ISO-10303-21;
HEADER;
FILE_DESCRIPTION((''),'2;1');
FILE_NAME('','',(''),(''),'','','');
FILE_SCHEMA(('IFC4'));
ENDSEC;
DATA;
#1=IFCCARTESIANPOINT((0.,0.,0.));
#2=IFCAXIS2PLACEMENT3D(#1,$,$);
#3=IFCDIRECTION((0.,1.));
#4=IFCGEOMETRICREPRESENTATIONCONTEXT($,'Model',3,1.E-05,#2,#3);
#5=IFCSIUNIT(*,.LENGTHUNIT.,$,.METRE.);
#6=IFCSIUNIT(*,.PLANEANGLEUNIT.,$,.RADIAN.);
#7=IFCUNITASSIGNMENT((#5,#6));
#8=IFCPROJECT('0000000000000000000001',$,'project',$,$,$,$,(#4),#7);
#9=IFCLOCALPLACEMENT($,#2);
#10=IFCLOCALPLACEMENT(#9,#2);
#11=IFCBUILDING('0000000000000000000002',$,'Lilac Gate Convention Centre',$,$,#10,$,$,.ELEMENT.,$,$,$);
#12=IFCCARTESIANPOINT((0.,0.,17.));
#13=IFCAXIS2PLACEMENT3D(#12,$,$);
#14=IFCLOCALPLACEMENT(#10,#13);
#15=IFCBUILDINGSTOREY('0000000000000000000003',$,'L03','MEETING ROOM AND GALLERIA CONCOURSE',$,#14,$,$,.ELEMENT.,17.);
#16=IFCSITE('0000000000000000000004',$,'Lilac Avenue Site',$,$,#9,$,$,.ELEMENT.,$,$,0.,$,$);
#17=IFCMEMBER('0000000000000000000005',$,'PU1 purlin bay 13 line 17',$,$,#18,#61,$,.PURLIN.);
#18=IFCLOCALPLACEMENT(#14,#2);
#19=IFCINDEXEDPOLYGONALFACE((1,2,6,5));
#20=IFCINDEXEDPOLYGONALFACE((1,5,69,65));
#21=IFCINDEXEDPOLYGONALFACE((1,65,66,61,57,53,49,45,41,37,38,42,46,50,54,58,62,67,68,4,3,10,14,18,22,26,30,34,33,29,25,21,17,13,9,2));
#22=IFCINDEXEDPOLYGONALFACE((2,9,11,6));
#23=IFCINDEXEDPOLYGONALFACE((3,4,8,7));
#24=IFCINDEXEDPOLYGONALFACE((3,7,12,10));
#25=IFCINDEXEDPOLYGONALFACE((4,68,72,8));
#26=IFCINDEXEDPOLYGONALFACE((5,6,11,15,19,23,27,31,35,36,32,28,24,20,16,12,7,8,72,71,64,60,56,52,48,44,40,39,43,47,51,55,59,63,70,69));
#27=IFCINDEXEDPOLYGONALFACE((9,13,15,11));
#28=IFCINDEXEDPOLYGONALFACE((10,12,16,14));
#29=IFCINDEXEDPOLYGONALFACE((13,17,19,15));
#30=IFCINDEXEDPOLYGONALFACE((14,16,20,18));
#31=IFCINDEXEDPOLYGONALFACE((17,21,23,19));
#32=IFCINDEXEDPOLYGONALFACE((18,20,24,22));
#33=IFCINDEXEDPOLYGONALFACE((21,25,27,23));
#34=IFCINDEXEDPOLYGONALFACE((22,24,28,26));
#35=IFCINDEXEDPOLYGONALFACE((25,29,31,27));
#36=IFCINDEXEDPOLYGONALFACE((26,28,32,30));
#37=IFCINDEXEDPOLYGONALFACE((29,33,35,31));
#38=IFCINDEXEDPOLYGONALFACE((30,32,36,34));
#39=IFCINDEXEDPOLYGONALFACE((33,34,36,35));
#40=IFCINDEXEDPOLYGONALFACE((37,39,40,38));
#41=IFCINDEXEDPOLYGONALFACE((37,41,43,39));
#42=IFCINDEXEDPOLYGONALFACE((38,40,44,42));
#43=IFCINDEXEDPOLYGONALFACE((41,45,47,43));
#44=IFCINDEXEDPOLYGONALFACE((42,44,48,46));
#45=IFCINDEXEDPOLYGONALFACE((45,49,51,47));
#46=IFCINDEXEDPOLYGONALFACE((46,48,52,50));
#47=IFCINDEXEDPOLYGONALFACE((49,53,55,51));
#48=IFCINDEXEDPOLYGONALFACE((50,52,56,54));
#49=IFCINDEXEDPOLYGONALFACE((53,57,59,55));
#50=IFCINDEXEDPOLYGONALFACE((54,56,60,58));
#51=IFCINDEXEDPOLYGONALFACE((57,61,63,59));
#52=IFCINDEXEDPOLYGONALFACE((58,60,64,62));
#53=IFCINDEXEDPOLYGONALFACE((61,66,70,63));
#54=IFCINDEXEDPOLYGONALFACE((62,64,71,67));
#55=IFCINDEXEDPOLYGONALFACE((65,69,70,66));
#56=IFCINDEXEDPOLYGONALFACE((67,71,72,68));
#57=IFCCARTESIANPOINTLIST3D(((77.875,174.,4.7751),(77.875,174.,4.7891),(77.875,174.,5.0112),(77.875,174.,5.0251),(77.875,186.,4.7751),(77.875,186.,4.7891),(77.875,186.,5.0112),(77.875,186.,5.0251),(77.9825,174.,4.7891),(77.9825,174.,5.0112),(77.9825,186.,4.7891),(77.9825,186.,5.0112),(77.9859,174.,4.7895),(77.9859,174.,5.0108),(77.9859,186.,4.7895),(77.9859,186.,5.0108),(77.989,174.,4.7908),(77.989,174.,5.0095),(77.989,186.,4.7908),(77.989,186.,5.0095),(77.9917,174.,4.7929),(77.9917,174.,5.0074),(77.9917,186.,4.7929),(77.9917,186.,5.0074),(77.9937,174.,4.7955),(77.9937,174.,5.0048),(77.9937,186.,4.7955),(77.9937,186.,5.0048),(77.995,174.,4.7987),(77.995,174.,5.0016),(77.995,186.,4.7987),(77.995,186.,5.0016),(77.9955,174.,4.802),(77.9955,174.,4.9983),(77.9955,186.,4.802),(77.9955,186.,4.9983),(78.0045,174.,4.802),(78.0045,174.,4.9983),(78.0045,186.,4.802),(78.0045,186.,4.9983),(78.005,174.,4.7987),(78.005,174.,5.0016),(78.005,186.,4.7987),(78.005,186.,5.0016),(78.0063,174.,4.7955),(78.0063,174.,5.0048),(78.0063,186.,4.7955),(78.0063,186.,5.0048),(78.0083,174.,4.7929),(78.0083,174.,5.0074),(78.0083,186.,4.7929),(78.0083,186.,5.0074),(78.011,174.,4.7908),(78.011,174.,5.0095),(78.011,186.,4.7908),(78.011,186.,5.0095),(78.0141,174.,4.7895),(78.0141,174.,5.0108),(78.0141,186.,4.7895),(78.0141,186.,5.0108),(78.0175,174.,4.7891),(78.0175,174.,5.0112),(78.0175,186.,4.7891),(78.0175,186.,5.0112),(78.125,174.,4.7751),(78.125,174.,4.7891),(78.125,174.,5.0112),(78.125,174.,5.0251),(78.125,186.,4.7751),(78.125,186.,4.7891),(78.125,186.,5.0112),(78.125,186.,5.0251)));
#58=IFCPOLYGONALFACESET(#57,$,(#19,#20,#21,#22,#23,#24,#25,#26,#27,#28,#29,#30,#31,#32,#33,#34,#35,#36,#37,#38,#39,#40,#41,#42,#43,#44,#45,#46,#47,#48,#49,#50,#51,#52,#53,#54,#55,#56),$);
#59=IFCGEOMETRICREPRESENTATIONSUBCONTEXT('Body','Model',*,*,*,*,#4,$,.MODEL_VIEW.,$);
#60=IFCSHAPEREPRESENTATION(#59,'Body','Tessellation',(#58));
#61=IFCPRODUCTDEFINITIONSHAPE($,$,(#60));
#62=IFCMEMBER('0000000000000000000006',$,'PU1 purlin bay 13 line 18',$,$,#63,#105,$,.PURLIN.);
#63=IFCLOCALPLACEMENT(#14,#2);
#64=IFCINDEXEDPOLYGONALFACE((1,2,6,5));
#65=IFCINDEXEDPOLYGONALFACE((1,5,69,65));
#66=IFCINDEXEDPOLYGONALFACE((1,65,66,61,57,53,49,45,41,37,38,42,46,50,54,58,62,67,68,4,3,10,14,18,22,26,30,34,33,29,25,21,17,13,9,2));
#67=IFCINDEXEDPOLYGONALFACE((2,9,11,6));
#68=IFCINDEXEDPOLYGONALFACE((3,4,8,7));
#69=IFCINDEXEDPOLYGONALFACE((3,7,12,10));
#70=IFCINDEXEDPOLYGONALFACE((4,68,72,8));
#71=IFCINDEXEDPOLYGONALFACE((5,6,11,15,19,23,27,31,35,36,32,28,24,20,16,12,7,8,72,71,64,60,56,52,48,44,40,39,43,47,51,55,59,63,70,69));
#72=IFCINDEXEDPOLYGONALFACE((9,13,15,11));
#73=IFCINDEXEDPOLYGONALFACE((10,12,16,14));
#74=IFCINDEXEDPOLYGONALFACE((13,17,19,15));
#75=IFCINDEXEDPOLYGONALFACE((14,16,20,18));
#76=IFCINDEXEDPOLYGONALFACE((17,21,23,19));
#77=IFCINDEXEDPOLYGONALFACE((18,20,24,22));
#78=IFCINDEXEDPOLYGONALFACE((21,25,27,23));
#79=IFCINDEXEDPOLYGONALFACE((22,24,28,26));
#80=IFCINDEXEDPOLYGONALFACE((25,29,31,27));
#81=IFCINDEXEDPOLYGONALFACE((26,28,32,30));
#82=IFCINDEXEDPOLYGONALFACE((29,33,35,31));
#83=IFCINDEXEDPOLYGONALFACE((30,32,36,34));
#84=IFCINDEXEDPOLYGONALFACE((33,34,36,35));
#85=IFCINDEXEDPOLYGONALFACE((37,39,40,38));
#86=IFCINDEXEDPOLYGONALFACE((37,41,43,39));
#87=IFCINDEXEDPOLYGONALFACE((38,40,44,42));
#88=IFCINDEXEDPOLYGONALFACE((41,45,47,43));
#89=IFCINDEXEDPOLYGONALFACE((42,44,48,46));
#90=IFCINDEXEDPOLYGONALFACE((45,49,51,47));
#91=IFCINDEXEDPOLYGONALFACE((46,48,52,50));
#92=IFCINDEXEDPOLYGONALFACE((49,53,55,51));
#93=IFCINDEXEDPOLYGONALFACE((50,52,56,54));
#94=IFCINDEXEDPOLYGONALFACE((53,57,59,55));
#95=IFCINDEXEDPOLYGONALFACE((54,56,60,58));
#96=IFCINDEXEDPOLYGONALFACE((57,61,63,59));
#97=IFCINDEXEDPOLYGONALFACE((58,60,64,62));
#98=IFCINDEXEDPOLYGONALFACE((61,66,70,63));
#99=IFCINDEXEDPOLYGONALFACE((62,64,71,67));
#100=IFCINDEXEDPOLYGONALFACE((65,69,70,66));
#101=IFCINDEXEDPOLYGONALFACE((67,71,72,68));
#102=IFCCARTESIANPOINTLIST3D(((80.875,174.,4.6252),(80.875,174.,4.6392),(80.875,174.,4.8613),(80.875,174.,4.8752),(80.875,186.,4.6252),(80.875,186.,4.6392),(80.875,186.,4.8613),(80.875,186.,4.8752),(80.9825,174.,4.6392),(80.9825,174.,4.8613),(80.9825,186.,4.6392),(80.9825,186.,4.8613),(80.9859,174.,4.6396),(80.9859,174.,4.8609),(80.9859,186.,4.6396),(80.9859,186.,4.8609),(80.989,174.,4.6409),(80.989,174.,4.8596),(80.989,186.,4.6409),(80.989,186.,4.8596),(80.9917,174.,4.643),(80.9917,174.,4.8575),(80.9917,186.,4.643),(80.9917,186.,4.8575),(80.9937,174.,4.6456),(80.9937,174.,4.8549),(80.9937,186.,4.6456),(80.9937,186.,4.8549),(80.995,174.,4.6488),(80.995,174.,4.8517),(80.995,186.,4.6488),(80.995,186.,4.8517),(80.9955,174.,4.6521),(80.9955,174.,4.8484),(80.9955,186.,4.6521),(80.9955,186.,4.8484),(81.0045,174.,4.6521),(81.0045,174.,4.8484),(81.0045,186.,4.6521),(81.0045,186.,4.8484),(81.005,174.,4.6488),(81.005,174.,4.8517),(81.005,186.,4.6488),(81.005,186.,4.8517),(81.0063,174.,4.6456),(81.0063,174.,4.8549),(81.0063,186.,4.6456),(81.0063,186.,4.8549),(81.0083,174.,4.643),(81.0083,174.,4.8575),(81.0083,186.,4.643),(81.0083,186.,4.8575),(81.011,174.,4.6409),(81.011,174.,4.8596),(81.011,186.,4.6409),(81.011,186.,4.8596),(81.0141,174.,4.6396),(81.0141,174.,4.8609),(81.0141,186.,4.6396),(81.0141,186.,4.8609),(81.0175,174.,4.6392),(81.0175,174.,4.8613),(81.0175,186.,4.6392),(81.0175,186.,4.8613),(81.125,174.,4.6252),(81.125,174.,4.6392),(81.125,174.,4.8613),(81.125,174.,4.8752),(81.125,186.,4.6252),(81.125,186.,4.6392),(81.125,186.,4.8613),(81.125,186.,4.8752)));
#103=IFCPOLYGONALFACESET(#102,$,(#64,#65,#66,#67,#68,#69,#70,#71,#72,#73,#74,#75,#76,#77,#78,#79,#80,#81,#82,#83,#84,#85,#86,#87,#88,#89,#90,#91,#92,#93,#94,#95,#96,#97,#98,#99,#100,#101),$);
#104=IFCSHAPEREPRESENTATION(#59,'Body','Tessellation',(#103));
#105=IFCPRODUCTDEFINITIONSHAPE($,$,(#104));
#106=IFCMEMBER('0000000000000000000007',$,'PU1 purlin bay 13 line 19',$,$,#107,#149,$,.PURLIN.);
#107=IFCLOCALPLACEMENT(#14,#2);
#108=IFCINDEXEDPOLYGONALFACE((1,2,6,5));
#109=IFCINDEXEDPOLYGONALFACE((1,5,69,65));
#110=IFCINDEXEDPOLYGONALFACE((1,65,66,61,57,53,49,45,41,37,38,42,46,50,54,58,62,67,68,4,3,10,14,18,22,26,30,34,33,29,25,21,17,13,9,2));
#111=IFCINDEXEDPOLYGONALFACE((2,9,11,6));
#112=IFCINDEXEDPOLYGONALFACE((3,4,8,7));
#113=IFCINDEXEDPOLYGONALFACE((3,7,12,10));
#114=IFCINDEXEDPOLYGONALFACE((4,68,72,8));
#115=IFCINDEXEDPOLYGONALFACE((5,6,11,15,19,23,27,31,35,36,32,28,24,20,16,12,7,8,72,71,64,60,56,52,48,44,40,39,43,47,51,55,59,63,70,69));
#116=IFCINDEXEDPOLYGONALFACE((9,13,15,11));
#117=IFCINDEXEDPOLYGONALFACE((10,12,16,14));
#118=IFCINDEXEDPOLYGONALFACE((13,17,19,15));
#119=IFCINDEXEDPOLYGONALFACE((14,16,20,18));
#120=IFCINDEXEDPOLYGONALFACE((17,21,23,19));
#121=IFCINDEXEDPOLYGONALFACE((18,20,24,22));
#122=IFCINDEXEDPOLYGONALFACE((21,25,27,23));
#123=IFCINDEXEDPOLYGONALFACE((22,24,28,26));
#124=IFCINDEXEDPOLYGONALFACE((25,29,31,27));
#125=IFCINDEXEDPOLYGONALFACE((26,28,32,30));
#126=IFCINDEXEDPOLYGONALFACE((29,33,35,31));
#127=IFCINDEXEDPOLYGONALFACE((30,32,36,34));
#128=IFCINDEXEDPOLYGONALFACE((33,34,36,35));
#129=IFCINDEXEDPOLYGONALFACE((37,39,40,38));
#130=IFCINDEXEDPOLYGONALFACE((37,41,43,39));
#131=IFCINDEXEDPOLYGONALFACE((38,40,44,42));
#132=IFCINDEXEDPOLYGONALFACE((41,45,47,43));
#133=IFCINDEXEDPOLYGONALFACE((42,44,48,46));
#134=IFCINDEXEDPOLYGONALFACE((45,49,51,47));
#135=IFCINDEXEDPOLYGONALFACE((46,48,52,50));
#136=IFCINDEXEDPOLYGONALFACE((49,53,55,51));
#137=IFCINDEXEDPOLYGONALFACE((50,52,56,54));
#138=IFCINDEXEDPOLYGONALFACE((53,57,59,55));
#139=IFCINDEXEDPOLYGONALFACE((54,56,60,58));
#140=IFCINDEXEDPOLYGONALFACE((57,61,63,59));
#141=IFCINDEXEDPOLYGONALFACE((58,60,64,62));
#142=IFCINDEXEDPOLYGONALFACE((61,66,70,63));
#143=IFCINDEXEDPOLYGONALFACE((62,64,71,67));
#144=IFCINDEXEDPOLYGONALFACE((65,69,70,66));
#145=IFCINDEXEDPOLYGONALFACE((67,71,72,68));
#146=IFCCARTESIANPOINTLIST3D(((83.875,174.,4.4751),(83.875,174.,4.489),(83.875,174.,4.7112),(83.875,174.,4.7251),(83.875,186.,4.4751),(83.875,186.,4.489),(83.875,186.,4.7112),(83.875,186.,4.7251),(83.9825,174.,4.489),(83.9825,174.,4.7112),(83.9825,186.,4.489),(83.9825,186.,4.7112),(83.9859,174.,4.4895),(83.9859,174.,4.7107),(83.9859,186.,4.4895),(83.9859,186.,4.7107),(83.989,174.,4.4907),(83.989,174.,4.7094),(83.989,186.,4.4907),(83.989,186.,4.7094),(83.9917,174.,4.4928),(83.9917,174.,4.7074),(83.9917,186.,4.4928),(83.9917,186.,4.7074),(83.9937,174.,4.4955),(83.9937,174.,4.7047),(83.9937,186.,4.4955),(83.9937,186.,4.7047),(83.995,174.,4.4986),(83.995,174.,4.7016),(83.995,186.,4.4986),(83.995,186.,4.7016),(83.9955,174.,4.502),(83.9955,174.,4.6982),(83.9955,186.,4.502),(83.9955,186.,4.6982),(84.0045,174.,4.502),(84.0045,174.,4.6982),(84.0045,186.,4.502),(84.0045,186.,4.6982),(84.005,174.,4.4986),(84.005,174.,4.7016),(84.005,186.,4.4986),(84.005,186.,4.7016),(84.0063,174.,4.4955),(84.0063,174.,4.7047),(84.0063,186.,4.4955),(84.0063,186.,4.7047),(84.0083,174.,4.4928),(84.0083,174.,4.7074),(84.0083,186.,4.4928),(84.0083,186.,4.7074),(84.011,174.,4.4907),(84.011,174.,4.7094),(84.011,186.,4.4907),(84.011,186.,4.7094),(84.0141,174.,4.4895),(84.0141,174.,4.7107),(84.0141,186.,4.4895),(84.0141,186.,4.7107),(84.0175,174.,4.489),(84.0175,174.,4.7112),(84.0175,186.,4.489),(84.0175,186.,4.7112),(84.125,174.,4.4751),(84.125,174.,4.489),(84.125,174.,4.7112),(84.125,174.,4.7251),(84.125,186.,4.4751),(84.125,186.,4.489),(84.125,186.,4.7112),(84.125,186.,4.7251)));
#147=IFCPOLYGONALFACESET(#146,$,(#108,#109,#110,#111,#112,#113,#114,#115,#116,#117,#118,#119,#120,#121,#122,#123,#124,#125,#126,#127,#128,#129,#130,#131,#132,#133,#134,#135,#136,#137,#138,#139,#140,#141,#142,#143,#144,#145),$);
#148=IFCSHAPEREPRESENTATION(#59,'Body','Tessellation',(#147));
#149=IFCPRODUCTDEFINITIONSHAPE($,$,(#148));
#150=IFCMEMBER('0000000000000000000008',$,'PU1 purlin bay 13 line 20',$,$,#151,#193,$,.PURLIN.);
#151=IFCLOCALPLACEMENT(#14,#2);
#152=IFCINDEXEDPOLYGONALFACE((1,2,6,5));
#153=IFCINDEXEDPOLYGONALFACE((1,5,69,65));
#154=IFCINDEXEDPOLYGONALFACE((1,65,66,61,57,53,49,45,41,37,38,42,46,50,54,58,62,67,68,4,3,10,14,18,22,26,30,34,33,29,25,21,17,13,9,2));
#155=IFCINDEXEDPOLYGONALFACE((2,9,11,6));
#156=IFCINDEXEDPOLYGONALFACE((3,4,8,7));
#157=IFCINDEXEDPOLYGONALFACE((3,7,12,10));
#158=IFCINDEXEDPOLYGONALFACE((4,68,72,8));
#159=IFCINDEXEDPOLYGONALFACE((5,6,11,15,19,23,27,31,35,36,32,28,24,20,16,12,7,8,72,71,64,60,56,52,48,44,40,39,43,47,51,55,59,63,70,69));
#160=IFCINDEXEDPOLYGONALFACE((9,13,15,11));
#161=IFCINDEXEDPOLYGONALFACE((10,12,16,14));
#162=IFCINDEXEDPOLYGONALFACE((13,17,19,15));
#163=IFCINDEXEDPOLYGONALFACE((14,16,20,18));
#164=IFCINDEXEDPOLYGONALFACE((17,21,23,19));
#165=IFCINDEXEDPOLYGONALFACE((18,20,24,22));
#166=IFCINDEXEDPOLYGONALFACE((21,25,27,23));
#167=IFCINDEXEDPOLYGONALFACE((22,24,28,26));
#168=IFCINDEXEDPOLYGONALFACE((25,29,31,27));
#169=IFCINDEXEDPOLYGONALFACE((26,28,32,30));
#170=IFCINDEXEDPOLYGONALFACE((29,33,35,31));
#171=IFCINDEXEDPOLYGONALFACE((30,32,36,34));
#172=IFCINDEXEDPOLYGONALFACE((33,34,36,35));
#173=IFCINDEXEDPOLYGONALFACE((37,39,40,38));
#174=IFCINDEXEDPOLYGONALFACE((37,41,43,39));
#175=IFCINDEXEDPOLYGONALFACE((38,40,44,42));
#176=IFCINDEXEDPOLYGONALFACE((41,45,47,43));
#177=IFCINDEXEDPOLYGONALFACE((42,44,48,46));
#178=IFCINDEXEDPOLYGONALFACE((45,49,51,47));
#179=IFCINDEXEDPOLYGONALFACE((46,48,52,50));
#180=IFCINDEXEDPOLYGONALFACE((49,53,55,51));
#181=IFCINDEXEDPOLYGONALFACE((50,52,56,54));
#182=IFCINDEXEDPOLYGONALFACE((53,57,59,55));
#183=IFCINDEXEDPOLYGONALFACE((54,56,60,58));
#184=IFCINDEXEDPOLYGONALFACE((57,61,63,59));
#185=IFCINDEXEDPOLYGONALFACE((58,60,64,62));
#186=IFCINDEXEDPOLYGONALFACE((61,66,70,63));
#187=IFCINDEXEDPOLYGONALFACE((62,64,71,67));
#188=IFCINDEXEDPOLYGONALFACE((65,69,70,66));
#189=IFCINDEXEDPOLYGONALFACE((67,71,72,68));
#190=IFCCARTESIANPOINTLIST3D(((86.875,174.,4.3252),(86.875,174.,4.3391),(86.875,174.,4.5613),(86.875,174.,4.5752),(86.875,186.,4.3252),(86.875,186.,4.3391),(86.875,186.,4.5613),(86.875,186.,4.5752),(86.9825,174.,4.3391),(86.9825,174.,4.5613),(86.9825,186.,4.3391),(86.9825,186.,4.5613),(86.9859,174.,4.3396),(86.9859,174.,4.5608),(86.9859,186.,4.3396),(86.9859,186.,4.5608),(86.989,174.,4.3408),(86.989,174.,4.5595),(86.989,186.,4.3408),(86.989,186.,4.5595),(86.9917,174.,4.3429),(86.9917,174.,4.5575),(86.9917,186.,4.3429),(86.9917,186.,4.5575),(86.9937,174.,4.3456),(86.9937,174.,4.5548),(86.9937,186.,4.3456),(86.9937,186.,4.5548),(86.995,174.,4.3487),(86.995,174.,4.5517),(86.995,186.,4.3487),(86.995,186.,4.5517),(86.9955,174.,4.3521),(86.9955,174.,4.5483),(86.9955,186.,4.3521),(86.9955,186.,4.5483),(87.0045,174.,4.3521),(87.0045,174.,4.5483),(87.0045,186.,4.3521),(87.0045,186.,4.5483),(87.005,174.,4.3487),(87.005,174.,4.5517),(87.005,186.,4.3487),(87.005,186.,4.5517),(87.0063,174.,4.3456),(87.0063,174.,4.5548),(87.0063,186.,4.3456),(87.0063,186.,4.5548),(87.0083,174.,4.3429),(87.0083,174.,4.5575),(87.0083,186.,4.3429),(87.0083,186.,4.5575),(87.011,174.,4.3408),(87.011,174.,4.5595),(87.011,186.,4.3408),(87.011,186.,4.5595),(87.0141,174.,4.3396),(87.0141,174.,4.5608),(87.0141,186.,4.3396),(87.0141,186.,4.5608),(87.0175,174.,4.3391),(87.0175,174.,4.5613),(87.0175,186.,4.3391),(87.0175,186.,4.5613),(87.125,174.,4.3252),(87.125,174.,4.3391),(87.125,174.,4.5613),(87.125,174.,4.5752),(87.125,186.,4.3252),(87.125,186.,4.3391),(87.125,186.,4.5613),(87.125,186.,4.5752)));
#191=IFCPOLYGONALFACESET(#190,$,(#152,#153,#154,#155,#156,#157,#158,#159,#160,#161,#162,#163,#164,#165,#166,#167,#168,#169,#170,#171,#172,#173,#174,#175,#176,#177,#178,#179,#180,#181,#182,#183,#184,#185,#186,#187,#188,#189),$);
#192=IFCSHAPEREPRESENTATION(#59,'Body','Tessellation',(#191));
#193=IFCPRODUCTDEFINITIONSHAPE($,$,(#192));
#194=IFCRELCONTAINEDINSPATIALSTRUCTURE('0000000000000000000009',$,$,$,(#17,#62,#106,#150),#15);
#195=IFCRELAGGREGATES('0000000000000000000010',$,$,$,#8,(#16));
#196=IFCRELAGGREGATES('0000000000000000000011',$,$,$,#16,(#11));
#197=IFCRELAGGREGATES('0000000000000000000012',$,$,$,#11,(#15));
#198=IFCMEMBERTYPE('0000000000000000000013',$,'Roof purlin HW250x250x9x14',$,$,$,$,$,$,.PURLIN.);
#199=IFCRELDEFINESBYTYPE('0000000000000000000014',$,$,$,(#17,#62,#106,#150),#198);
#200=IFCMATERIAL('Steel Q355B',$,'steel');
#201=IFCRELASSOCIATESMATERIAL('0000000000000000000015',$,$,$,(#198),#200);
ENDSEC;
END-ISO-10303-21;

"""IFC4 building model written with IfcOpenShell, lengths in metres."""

from ifc_helpers import new_model, si_unit, direction, frame, origin, origin_2d, place, context, subcontext, project, spatial, i_section, extrude, material, material_profile, profile_set, type_object, element, save


model = new_model("IFC4")

# Units and contexts
model_context = context("Model", 3, precision=1e-05, world=origin(), true_north=direction((0.0, 1.0)))
body_context = subcontext(model_context, "Body", "Model", "MODEL_VIEW")
ifc_project = project(units=[si_unit("LENGTHUNIT", "METRE"), si_unit("PLANEANGLEUNIT", "RADIAN")], contexts=[model_context])

# Site, building, storey
site_placement = place(None, origin())
site = spatial("IfcSite", under=ifc_project, at=site_placement, Name="Lilac Avenue Site", CompositionType="ELEMENT", RefElevation=0.0)
building_placement = place(site_placement, origin())
building = spatial("IfcBuilding", under=site, at=building_placement, Name="Lilac Gate Convention Centre", CompositionType="ELEMENT")
storey_placement = place(building_placement, frame((0.0, 0.0, 17.0)))
storey = spatial("IfcBuildingStorey", under=building, at=storey_placement, Name="L03", Description="MEETING ROOM AND GALLERIA CONCOURSE", CompositionType="ELEMENT", Elevation=17.0)

# Members
ifc_material = material(Name="Steel Q355B", Category="steel")
ifc_material_profile_1 = material_profile(ifc_material, i_section(OverallWidth=0.25, OverallDepth=0.25, WebThickness=0.009, FlangeThickness=0.0139, FilletRadius=0.0129, at=origin_2d()), Name="HW250x250x9x14")
ifc_profile_set_1 = profile_set([ifc_material_profile_1], Name="Steel Q355B")
member_type_1 = type_object("IfcMemberType", Name="Roof purlin HW250x250x9x14", PredefinedType="PURLIN", material=ifc_profile_set_1)
for number, where, z_axis, x_axis, name in (
    (1, (78.0, 174.0, 4.9001), (0.0, 1.0, 0.0), (-1.0, 0.0, 0.0), "PU1 purlin bay 13 line 17"),
    (2, (81.0, 174.0, 4.7502), (0.0, 1.0, 0.0), (-1.0, 0.0, 0.0), "PU1 purlin bay 13 line 18"),
    (3, (84.0, 174.0, 4.6001), (0.0, 1.0, 0.0), (-1.0, 0.0, 0.0), "PU1 purlin bay 13 line 19"),
    (4, (87.0, 174.0, 4.4502), (0.0, 1.0, 0.0), (-1.0, 0.0, 0.0), "PU1 purlin bay 13 line 20"),
):
    element("IfcMember", number, at=place(storey_placement, frame(where, z_axis=z_axis, x_axis=x_axis)), inside=storey, type_object=member_type_1, Name=name, PredefinedType="PURLIN", context=body_context, shape_type="SweptSolid", body=[
        extrude(i_section(OverallWidth=0.25, OverallDepth=0.25, WebThickness=0.009, FlangeThickness=0.0139, FilletRadius=0.0129, at=origin_2d()), origin(), (0.0, 0.0, 1.0), 12.0),
    ])

save(model, "model.ifc")
